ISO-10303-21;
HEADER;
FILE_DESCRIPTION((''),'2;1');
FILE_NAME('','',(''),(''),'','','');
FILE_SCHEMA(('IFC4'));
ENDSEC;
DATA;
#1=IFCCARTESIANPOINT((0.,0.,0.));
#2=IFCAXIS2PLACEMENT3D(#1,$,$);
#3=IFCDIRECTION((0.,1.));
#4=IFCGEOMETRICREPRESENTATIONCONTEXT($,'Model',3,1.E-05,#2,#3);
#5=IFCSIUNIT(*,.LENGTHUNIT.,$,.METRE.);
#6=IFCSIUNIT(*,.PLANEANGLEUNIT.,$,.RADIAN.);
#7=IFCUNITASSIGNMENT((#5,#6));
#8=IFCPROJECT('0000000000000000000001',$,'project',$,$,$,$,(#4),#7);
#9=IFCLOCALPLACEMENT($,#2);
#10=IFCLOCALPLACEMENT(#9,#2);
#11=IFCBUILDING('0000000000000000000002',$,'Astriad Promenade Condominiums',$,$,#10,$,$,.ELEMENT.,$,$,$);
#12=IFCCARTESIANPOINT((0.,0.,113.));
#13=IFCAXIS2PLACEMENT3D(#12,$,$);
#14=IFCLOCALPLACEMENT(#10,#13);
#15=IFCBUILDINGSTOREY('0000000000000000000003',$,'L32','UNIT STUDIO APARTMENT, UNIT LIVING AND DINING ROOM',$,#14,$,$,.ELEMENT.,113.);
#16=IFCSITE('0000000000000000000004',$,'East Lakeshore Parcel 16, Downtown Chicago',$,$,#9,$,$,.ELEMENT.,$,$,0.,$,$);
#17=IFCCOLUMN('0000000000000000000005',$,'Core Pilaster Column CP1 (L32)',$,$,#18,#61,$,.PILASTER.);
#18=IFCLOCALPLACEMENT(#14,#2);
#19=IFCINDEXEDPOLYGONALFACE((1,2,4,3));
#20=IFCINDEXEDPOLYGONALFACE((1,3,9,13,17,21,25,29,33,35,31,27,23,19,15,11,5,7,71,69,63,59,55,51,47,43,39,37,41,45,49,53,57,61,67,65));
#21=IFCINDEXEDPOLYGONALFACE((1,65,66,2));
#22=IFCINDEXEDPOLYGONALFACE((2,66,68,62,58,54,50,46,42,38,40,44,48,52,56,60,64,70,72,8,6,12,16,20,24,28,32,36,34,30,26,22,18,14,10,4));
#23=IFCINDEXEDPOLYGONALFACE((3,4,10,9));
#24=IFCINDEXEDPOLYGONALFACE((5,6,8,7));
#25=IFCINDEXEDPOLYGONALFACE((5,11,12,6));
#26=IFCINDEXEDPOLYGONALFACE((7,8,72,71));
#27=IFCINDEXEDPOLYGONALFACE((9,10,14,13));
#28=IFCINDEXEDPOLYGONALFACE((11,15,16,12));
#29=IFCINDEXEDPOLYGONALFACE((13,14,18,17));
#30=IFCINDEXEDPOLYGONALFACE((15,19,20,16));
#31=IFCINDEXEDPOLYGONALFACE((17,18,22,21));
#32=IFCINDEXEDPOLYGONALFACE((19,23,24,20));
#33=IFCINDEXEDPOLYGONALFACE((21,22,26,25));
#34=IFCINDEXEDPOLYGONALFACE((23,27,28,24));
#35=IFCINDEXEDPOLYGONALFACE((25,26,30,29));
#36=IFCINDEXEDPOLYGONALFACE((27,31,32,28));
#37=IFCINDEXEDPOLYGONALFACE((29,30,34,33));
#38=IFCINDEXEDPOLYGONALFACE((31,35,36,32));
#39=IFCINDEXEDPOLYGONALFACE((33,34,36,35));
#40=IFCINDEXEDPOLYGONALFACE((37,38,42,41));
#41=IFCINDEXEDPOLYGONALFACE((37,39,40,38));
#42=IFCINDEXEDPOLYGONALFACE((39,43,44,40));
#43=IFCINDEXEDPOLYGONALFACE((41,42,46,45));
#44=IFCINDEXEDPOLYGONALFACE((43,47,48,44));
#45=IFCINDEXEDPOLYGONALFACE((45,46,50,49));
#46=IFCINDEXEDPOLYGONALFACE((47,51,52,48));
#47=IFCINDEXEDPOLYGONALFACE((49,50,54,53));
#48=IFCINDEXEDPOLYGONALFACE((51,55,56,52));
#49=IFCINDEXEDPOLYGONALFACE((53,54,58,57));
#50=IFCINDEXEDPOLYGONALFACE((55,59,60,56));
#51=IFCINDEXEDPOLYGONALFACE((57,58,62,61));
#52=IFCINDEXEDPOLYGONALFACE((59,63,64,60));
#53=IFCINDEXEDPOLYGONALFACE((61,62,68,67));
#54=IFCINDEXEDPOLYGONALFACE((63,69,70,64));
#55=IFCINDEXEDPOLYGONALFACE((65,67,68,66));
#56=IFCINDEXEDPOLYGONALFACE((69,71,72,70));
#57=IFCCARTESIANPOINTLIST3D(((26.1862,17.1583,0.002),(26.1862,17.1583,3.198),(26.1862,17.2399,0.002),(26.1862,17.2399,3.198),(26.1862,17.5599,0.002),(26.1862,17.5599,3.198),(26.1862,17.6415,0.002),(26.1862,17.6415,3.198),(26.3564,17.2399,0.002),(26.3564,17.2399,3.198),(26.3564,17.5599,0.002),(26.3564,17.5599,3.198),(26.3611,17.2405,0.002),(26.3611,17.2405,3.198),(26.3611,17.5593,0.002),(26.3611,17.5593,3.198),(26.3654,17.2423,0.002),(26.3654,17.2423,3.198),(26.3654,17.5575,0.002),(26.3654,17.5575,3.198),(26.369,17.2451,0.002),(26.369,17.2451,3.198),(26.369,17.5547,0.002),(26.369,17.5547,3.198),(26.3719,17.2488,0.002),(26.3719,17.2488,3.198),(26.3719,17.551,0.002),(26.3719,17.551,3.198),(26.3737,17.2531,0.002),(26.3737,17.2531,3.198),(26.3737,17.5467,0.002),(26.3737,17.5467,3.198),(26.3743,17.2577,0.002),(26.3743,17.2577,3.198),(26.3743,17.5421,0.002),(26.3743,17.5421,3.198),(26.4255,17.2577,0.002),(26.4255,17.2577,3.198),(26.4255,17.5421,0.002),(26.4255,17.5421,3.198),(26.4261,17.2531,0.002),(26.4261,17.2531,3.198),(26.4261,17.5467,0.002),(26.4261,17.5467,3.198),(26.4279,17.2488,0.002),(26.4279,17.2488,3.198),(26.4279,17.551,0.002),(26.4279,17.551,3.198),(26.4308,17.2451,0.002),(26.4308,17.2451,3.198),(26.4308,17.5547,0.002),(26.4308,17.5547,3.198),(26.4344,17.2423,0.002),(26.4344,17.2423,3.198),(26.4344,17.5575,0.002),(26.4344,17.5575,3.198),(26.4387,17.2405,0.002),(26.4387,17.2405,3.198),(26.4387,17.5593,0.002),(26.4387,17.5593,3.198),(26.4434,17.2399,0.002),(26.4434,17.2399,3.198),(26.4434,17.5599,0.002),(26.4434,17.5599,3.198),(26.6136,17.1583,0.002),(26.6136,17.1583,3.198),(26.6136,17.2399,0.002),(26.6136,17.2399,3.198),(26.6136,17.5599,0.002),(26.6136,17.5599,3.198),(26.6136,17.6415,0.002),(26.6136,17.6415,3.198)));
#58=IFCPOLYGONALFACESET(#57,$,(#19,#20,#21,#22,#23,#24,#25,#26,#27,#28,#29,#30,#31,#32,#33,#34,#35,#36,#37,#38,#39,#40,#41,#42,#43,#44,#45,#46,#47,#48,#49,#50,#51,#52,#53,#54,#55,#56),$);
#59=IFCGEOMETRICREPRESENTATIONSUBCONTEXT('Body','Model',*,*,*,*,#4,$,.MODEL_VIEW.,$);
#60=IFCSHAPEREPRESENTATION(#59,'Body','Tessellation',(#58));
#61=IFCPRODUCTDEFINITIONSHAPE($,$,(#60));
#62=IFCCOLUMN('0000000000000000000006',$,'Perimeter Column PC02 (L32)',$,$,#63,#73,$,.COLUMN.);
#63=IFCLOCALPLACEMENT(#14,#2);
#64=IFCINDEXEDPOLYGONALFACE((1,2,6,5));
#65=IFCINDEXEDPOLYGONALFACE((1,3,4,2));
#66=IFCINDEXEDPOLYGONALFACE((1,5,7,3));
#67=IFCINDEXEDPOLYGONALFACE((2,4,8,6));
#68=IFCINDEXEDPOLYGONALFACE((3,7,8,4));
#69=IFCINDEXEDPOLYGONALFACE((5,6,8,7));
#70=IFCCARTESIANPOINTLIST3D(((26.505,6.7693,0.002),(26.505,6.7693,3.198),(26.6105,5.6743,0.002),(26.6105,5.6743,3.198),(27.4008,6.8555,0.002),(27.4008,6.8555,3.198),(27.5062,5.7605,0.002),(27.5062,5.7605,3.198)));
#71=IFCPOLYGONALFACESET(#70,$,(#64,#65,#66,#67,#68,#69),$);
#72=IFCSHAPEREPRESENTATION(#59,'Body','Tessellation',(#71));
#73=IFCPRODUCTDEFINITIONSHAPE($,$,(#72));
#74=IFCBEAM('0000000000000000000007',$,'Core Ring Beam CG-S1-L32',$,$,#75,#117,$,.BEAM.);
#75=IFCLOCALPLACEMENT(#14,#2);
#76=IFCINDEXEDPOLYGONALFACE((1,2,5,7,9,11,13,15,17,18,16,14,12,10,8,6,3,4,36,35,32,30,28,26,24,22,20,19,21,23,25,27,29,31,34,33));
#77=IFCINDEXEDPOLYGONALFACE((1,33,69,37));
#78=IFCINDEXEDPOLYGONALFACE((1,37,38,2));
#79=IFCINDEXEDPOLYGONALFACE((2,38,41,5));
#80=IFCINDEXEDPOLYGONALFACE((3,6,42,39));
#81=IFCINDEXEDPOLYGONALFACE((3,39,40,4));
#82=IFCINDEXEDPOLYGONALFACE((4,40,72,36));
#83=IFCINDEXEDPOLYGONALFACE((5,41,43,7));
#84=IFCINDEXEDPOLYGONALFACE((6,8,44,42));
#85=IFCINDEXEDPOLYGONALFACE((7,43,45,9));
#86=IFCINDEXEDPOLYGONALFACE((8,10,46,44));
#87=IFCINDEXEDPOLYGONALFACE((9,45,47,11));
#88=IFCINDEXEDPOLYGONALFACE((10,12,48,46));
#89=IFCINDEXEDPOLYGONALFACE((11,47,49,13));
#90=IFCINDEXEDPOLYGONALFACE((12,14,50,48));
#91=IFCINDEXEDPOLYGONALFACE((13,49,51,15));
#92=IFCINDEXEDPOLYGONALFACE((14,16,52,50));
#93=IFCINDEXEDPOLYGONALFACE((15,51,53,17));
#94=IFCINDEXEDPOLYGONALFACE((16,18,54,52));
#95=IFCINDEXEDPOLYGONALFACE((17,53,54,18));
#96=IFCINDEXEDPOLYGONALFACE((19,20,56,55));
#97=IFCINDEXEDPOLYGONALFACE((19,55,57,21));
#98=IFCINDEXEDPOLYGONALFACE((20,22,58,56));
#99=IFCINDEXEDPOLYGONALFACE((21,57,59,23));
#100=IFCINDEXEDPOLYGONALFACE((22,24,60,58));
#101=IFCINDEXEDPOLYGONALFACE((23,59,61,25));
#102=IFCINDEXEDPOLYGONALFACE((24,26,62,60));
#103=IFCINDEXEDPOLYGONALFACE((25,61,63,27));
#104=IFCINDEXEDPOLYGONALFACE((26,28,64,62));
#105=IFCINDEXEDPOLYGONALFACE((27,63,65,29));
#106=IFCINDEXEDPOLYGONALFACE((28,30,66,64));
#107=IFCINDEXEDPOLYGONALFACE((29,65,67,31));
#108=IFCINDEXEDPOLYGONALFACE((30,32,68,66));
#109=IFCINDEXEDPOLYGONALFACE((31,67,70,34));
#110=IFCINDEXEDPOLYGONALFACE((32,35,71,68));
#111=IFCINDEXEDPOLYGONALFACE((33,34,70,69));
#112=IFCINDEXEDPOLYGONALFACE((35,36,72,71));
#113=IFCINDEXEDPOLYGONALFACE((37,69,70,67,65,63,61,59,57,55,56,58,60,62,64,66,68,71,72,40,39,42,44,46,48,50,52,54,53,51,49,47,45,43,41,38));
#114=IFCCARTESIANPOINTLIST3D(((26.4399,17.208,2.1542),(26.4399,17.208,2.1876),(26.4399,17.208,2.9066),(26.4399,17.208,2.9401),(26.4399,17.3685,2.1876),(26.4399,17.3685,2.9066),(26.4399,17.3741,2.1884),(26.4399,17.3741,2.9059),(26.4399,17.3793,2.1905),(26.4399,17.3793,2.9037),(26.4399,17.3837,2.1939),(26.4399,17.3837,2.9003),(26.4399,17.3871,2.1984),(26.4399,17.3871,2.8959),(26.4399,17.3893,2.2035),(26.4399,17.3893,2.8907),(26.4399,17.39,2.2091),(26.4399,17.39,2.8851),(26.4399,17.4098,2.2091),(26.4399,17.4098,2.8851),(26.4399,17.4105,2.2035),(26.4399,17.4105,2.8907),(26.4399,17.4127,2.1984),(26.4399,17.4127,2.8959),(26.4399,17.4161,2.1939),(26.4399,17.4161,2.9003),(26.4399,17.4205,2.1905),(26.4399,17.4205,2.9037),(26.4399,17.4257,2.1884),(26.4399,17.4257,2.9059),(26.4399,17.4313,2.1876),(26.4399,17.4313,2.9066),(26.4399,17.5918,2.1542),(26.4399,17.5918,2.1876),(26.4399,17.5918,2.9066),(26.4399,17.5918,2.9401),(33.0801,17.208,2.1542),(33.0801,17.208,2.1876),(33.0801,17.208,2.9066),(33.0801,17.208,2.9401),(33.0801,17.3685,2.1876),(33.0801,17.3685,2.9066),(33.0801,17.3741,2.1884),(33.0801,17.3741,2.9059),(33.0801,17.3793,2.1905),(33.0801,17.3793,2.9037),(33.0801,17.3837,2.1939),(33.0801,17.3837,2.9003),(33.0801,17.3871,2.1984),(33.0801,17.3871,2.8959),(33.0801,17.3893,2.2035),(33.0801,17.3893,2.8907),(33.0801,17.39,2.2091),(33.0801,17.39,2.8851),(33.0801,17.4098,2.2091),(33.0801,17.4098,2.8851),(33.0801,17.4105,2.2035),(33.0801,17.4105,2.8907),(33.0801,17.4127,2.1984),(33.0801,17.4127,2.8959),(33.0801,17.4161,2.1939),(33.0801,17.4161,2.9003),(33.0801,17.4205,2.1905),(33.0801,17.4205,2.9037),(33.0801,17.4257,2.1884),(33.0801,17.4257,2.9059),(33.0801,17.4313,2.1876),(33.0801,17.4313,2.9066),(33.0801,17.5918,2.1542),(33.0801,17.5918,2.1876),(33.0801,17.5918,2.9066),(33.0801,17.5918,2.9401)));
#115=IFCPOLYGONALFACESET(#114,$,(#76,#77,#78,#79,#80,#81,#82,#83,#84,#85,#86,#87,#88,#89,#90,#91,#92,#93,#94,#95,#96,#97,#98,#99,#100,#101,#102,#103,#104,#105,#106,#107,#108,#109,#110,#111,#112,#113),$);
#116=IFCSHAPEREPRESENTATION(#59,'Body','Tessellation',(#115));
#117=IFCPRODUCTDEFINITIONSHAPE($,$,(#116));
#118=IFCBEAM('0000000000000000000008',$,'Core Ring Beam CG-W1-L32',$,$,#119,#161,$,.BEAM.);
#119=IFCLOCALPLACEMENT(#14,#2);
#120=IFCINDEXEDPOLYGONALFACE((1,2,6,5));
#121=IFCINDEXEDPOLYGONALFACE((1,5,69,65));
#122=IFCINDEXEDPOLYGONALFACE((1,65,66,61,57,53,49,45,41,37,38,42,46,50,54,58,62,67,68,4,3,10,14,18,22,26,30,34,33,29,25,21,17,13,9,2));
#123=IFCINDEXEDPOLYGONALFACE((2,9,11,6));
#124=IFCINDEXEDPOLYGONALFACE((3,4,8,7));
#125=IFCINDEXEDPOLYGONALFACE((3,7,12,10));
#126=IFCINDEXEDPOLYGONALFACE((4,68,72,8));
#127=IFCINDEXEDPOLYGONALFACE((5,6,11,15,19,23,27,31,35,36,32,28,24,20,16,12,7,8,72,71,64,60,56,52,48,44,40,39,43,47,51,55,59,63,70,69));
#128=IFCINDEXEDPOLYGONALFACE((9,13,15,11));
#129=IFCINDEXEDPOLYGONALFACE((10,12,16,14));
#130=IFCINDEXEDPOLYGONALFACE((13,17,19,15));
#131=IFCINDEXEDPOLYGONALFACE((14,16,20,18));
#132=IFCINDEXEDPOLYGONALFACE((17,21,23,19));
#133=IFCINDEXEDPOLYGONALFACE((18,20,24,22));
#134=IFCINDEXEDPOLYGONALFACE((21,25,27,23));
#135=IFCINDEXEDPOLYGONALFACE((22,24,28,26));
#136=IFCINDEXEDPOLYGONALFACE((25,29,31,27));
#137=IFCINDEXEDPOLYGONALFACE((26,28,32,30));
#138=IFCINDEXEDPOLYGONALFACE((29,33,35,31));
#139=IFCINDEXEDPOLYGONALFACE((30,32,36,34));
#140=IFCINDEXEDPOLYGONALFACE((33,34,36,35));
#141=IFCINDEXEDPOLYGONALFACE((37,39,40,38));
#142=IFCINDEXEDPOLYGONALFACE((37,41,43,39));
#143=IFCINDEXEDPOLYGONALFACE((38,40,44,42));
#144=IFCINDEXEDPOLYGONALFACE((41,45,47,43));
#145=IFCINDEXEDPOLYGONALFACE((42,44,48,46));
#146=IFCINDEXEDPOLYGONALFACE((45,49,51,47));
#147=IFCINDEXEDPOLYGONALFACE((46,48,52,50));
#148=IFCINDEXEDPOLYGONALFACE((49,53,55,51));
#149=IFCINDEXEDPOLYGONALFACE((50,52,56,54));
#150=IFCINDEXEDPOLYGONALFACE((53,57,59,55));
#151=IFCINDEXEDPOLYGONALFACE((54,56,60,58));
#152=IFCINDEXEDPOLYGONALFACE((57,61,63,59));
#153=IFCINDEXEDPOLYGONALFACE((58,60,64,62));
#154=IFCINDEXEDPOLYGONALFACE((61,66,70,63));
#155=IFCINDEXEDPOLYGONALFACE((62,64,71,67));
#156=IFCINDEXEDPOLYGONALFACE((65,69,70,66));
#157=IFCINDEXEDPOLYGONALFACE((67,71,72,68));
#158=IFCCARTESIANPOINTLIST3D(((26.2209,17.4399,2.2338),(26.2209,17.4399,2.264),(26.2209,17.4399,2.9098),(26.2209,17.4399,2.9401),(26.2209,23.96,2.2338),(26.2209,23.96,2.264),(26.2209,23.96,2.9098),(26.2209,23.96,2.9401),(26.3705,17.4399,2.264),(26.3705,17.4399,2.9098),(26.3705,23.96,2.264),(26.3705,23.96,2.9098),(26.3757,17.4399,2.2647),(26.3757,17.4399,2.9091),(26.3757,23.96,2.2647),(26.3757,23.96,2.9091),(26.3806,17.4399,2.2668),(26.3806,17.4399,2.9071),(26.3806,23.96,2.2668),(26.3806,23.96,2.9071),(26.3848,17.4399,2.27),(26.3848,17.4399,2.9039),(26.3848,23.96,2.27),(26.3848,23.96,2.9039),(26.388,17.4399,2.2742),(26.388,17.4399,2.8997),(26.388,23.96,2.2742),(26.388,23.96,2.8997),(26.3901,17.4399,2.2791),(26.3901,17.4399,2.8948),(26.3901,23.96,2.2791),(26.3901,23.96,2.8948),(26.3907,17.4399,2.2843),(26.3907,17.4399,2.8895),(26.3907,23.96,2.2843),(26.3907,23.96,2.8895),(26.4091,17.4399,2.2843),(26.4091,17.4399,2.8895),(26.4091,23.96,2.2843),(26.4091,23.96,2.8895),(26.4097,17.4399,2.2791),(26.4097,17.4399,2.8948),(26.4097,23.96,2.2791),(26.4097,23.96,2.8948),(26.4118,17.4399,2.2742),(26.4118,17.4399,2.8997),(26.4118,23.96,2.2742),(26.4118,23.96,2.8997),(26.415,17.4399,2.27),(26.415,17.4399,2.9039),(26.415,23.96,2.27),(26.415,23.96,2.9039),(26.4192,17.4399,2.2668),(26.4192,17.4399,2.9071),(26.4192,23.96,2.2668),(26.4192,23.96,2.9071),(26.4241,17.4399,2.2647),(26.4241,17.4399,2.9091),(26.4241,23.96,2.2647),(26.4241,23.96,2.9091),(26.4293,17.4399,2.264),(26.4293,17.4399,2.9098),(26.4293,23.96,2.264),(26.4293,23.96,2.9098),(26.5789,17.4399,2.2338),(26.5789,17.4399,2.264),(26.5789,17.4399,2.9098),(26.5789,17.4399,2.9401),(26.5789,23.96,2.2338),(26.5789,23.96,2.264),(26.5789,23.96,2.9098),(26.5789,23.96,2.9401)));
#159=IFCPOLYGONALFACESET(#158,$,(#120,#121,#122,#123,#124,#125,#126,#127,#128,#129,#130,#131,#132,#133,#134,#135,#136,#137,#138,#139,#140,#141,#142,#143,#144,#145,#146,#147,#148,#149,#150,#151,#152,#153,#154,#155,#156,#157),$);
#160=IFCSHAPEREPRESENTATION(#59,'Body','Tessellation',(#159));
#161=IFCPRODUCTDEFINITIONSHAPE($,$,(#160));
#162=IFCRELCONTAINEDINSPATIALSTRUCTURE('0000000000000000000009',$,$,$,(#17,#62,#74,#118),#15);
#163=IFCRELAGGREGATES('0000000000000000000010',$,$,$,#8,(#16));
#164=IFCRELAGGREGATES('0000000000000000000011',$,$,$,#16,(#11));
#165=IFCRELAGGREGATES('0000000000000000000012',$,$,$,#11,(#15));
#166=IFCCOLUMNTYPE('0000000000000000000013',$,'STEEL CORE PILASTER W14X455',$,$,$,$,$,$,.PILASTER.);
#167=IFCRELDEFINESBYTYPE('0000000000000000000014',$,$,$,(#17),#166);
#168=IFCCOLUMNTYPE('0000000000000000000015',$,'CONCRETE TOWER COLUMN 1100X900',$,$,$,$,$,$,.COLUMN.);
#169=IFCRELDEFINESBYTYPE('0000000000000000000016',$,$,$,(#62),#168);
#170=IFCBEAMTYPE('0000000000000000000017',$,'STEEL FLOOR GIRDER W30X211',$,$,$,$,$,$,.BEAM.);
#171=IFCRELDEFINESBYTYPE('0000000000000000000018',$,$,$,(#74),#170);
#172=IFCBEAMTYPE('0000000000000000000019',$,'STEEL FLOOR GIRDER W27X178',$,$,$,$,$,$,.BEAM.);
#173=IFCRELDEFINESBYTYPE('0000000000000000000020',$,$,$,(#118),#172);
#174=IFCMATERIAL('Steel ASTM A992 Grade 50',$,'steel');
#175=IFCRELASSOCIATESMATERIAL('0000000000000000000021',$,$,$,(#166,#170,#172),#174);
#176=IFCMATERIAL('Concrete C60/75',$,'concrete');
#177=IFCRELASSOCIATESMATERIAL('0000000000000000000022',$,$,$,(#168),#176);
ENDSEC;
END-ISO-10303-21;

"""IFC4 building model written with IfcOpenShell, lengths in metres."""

from ifc_helpers import new_model, si_unit, direction, frame, origin, origin_2d, place, context, subcontext, project, spatial, rectangle, i_section, extrude, source, transform, mapped, material, material_profile, profile_set, type_object, type_shapes, element, save


model = new_model("IFC4")

# Units and contexts
model_context = context("Model", 3, precision=1e-05, world=origin(), true_north=direction((0.0, 1.0)))
body_context = subcontext(model_context, "Body", "Model", "MODEL_VIEW")
ifc_project = project(units=[si_unit("LENGTHUNIT", "METRE"), si_unit("PLANEANGLEUNIT", "RADIAN")], contexts=[model_context])

# Site, building, storey
site_placement = place(None, origin())
site = spatial("IfcSite", under=ifc_project, at=site_placement, Name="East Lakeshore Parcel 16, Downtown Chicago", CompositionType="ELEMENT", RefElevation=0.0)
building_placement = place(site_placement, origin())
building = spatial("IfcBuilding", under=site, at=building_placement, Name="Astriad Promenade Condominiums", CompositionType="ELEMENT")
storey_placement = place(building_placement, frame((0.0, 0.0, 113.0)))
storey = spatial("IfcBuildingStorey", under=building, at=storey_placement, Name="L32", Description="UNIT STUDIO APARTMENT, UNIT LIVING AND DINING ROOM", CompositionType="ELEMENT", Elevation=113.0)

# Columns
ifc_material_1 = material(Name="Steel ASTM A992 Grade 50", Category="steel")
ifc_material_profile_1 = material_profile(ifc_material_1, i_section(OverallWidth=0.4275, OverallDepth=0.4832, WebThickness=0.0513, FlangeThickness=0.0815, FilletRadius=0.0178, at=origin_2d()), Name="W14X455")
ifc_profile_set_1 = profile_set([ifc_material_profile_1], Name="Steel ASTM A992 Grade 50")
column_type_1 = type_object("IfcColumnType", Name="STEEL CORE PILASTER W14X455", PredefinedType="PILASTER", material=ifc_profile_set_1)
shared_shape_1 = source(origin(), body_context, "Body", "SweptSolid", [
    extrude(i_section(OverallWidth=0.4275, OverallDepth=0.4832, WebThickness=0.0513, FlangeThickness=0.0815, FilletRadius=0.0178, at=origin_2d()), origin(), (0.0, 0.0, 1.0), 3.196),
])
type_shapes(column_type_1, [shared_shape_1])
column_1_placement = place(storey_placement, frame((26.3999, 17.3999, 0.002), z_axis=(0.0, 0.0, 1.0), x_axis=(1.0, 0.0, 0.0)))
element("IfcColumn", 1, at=column_1_placement, inside=storey, type_object=column_type_1, Name="Core Pilaster Column CP1 (L32)", PredefinedType="PILASTER", context=body_context, shape_type="MappedRepresentation", body=[
    mapped(shared_shape_1, transform((0.0, 0.0, 0.0), scale=1.0)),
])
ifc_material_2 = material(Name="Concrete C60/75", Category="concrete")
ifc_material_profile_2 = material_profile(ifc_material_2, rectangle(XDim=0.8999, YDim=1.1001, at=origin_2d()), Name="RC-COL-1100X900")
ifc_profile_set_2 = profile_set([ifc_material_profile_2], Name="Concrete C60/75")
column_type_2 = type_object("IfcColumnType", Name="CONCRETE TOWER COLUMN 1100X900", PredefinedType="COLUMN", material=ifc_profile_set_2)
shared_shape_2 = source(origin(), body_context, "Body", "SweptSolid", [
    extrude(rectangle(XDim=0.8999, YDim=1.1001, at=origin_2d()), origin(), (0.0, 0.0, 1.0), 3.196),
])
type_shapes(column_type_2, [shared_shape_2])
column_2_placement = place(storey_placement, frame((27.0056, 6.2649, 0.002), z_axis=(0.0, 0.0, 1.0), x_axis=(0.995396, 0.095846, 0.0)))
element("IfcColumn", 2, at=column_2_placement, inside=storey, type_object=column_type_2, Name="Perimeter Column PC02 (L32)", PredefinedType="COLUMN", context=body_context, shape_type="MappedRepresentation", body=[
    mapped(shared_shape_2, transform((0.0, 0.0, 0.0), scale=1.0)),
])

# Beams
ifc_material_profile_3 = material_profile(ifc_material_1, i_section(OverallWidth=0.3838, OverallDepth=0.7859, WebThickness=0.0198, FlangeThickness=0.0334, FilletRadius=0.0215, at=origin_2d()), Name="W30X211")
ifc_profile_set_3 = profile_set([ifc_material_profile_3], Name="Steel ASTM A992 Grade 50")
beam_type_1 = type_object("IfcBeamType", Name="STEEL FLOOR GIRDER W30X211", PredefinedType="BEAM", material=ifc_profile_set_3)
shared_shape_3 = source(origin(), body_context, "Body", "SweptSolid", [
    extrude(i_section(OverallWidth=0.3838, OverallDepth=0.7859, WebThickness=0.0198, FlangeThickness=0.0334, FilletRadius=0.0215, at=origin_2d()), origin(), (0.0, 0.0, 1.0), 6.6401),
])
type_shapes(beam_type_1, [shared_shape_3])
beam_1_placement = place(storey_placement, frame((26.4399, 17.3999, 2.5471), z_axis=(1.0, 0.0, 0.0), x_axis=(0.0, 1.0, 0.0)))
element("IfcBeam", 3, at=beam_1_placement, inside=storey, type_object=beam_type_1, Name="Core Ring Beam CG-S1-L32", PredefinedType="BEAM", context=body_context, shape_type="MappedRepresentation", body=[
    mapped(shared_shape_3, transform((0.0, 0.0, 0.0), scale=1.0)),
])
ifc_material_profile_4 = material_profile(ifc_material_1, i_section(OverallWidth=0.3579, OverallDepth=0.7063, WebThickness=0.0183, FlangeThickness=0.0303, FilletRadius=0.0203, at=origin_2d()), Name="W27X178")
ifc_profile_set_4 = profile_set([ifc_material_profile_4], Name="Steel ASTM A992 Grade 50")
beam_type_2 = type_object("IfcBeamType", Name="STEEL FLOOR GIRDER W27X178", PredefinedType="BEAM", material=ifc_profile_set_4)
shared_shape_4 = source(origin(), body_context, "Body", "SweptSolid", [
    extrude(i_section(OverallWidth=0.3579, OverallDepth=0.7063, WebThickness=0.0183, FlangeThickness=0.0303, FilletRadius=0.0203, at=origin_2d()), origin(), (0.0, 0.0, 1.0), 6.52),
])
beam_2_placement = place(storey_placement, frame((26.3999, 17.4399, 2.5869), z_axis=(0.0, 1.0, 0.0), x_axis=(-1.0, 0.0, 0.0)))
element("IfcBeam", 4, at=beam_2_placement, inside=storey, type_object=beam_type_2, Name="Core Ring Beam CG-W1-L32", PredefinedType="BEAM", context=body_context, shape_type="MappedRepresentation", body=[
    mapped(shared_shape_4, transform((0.0, 0.0, 0.0), scale=1.0)),
])

save(model, "model.ifc")
